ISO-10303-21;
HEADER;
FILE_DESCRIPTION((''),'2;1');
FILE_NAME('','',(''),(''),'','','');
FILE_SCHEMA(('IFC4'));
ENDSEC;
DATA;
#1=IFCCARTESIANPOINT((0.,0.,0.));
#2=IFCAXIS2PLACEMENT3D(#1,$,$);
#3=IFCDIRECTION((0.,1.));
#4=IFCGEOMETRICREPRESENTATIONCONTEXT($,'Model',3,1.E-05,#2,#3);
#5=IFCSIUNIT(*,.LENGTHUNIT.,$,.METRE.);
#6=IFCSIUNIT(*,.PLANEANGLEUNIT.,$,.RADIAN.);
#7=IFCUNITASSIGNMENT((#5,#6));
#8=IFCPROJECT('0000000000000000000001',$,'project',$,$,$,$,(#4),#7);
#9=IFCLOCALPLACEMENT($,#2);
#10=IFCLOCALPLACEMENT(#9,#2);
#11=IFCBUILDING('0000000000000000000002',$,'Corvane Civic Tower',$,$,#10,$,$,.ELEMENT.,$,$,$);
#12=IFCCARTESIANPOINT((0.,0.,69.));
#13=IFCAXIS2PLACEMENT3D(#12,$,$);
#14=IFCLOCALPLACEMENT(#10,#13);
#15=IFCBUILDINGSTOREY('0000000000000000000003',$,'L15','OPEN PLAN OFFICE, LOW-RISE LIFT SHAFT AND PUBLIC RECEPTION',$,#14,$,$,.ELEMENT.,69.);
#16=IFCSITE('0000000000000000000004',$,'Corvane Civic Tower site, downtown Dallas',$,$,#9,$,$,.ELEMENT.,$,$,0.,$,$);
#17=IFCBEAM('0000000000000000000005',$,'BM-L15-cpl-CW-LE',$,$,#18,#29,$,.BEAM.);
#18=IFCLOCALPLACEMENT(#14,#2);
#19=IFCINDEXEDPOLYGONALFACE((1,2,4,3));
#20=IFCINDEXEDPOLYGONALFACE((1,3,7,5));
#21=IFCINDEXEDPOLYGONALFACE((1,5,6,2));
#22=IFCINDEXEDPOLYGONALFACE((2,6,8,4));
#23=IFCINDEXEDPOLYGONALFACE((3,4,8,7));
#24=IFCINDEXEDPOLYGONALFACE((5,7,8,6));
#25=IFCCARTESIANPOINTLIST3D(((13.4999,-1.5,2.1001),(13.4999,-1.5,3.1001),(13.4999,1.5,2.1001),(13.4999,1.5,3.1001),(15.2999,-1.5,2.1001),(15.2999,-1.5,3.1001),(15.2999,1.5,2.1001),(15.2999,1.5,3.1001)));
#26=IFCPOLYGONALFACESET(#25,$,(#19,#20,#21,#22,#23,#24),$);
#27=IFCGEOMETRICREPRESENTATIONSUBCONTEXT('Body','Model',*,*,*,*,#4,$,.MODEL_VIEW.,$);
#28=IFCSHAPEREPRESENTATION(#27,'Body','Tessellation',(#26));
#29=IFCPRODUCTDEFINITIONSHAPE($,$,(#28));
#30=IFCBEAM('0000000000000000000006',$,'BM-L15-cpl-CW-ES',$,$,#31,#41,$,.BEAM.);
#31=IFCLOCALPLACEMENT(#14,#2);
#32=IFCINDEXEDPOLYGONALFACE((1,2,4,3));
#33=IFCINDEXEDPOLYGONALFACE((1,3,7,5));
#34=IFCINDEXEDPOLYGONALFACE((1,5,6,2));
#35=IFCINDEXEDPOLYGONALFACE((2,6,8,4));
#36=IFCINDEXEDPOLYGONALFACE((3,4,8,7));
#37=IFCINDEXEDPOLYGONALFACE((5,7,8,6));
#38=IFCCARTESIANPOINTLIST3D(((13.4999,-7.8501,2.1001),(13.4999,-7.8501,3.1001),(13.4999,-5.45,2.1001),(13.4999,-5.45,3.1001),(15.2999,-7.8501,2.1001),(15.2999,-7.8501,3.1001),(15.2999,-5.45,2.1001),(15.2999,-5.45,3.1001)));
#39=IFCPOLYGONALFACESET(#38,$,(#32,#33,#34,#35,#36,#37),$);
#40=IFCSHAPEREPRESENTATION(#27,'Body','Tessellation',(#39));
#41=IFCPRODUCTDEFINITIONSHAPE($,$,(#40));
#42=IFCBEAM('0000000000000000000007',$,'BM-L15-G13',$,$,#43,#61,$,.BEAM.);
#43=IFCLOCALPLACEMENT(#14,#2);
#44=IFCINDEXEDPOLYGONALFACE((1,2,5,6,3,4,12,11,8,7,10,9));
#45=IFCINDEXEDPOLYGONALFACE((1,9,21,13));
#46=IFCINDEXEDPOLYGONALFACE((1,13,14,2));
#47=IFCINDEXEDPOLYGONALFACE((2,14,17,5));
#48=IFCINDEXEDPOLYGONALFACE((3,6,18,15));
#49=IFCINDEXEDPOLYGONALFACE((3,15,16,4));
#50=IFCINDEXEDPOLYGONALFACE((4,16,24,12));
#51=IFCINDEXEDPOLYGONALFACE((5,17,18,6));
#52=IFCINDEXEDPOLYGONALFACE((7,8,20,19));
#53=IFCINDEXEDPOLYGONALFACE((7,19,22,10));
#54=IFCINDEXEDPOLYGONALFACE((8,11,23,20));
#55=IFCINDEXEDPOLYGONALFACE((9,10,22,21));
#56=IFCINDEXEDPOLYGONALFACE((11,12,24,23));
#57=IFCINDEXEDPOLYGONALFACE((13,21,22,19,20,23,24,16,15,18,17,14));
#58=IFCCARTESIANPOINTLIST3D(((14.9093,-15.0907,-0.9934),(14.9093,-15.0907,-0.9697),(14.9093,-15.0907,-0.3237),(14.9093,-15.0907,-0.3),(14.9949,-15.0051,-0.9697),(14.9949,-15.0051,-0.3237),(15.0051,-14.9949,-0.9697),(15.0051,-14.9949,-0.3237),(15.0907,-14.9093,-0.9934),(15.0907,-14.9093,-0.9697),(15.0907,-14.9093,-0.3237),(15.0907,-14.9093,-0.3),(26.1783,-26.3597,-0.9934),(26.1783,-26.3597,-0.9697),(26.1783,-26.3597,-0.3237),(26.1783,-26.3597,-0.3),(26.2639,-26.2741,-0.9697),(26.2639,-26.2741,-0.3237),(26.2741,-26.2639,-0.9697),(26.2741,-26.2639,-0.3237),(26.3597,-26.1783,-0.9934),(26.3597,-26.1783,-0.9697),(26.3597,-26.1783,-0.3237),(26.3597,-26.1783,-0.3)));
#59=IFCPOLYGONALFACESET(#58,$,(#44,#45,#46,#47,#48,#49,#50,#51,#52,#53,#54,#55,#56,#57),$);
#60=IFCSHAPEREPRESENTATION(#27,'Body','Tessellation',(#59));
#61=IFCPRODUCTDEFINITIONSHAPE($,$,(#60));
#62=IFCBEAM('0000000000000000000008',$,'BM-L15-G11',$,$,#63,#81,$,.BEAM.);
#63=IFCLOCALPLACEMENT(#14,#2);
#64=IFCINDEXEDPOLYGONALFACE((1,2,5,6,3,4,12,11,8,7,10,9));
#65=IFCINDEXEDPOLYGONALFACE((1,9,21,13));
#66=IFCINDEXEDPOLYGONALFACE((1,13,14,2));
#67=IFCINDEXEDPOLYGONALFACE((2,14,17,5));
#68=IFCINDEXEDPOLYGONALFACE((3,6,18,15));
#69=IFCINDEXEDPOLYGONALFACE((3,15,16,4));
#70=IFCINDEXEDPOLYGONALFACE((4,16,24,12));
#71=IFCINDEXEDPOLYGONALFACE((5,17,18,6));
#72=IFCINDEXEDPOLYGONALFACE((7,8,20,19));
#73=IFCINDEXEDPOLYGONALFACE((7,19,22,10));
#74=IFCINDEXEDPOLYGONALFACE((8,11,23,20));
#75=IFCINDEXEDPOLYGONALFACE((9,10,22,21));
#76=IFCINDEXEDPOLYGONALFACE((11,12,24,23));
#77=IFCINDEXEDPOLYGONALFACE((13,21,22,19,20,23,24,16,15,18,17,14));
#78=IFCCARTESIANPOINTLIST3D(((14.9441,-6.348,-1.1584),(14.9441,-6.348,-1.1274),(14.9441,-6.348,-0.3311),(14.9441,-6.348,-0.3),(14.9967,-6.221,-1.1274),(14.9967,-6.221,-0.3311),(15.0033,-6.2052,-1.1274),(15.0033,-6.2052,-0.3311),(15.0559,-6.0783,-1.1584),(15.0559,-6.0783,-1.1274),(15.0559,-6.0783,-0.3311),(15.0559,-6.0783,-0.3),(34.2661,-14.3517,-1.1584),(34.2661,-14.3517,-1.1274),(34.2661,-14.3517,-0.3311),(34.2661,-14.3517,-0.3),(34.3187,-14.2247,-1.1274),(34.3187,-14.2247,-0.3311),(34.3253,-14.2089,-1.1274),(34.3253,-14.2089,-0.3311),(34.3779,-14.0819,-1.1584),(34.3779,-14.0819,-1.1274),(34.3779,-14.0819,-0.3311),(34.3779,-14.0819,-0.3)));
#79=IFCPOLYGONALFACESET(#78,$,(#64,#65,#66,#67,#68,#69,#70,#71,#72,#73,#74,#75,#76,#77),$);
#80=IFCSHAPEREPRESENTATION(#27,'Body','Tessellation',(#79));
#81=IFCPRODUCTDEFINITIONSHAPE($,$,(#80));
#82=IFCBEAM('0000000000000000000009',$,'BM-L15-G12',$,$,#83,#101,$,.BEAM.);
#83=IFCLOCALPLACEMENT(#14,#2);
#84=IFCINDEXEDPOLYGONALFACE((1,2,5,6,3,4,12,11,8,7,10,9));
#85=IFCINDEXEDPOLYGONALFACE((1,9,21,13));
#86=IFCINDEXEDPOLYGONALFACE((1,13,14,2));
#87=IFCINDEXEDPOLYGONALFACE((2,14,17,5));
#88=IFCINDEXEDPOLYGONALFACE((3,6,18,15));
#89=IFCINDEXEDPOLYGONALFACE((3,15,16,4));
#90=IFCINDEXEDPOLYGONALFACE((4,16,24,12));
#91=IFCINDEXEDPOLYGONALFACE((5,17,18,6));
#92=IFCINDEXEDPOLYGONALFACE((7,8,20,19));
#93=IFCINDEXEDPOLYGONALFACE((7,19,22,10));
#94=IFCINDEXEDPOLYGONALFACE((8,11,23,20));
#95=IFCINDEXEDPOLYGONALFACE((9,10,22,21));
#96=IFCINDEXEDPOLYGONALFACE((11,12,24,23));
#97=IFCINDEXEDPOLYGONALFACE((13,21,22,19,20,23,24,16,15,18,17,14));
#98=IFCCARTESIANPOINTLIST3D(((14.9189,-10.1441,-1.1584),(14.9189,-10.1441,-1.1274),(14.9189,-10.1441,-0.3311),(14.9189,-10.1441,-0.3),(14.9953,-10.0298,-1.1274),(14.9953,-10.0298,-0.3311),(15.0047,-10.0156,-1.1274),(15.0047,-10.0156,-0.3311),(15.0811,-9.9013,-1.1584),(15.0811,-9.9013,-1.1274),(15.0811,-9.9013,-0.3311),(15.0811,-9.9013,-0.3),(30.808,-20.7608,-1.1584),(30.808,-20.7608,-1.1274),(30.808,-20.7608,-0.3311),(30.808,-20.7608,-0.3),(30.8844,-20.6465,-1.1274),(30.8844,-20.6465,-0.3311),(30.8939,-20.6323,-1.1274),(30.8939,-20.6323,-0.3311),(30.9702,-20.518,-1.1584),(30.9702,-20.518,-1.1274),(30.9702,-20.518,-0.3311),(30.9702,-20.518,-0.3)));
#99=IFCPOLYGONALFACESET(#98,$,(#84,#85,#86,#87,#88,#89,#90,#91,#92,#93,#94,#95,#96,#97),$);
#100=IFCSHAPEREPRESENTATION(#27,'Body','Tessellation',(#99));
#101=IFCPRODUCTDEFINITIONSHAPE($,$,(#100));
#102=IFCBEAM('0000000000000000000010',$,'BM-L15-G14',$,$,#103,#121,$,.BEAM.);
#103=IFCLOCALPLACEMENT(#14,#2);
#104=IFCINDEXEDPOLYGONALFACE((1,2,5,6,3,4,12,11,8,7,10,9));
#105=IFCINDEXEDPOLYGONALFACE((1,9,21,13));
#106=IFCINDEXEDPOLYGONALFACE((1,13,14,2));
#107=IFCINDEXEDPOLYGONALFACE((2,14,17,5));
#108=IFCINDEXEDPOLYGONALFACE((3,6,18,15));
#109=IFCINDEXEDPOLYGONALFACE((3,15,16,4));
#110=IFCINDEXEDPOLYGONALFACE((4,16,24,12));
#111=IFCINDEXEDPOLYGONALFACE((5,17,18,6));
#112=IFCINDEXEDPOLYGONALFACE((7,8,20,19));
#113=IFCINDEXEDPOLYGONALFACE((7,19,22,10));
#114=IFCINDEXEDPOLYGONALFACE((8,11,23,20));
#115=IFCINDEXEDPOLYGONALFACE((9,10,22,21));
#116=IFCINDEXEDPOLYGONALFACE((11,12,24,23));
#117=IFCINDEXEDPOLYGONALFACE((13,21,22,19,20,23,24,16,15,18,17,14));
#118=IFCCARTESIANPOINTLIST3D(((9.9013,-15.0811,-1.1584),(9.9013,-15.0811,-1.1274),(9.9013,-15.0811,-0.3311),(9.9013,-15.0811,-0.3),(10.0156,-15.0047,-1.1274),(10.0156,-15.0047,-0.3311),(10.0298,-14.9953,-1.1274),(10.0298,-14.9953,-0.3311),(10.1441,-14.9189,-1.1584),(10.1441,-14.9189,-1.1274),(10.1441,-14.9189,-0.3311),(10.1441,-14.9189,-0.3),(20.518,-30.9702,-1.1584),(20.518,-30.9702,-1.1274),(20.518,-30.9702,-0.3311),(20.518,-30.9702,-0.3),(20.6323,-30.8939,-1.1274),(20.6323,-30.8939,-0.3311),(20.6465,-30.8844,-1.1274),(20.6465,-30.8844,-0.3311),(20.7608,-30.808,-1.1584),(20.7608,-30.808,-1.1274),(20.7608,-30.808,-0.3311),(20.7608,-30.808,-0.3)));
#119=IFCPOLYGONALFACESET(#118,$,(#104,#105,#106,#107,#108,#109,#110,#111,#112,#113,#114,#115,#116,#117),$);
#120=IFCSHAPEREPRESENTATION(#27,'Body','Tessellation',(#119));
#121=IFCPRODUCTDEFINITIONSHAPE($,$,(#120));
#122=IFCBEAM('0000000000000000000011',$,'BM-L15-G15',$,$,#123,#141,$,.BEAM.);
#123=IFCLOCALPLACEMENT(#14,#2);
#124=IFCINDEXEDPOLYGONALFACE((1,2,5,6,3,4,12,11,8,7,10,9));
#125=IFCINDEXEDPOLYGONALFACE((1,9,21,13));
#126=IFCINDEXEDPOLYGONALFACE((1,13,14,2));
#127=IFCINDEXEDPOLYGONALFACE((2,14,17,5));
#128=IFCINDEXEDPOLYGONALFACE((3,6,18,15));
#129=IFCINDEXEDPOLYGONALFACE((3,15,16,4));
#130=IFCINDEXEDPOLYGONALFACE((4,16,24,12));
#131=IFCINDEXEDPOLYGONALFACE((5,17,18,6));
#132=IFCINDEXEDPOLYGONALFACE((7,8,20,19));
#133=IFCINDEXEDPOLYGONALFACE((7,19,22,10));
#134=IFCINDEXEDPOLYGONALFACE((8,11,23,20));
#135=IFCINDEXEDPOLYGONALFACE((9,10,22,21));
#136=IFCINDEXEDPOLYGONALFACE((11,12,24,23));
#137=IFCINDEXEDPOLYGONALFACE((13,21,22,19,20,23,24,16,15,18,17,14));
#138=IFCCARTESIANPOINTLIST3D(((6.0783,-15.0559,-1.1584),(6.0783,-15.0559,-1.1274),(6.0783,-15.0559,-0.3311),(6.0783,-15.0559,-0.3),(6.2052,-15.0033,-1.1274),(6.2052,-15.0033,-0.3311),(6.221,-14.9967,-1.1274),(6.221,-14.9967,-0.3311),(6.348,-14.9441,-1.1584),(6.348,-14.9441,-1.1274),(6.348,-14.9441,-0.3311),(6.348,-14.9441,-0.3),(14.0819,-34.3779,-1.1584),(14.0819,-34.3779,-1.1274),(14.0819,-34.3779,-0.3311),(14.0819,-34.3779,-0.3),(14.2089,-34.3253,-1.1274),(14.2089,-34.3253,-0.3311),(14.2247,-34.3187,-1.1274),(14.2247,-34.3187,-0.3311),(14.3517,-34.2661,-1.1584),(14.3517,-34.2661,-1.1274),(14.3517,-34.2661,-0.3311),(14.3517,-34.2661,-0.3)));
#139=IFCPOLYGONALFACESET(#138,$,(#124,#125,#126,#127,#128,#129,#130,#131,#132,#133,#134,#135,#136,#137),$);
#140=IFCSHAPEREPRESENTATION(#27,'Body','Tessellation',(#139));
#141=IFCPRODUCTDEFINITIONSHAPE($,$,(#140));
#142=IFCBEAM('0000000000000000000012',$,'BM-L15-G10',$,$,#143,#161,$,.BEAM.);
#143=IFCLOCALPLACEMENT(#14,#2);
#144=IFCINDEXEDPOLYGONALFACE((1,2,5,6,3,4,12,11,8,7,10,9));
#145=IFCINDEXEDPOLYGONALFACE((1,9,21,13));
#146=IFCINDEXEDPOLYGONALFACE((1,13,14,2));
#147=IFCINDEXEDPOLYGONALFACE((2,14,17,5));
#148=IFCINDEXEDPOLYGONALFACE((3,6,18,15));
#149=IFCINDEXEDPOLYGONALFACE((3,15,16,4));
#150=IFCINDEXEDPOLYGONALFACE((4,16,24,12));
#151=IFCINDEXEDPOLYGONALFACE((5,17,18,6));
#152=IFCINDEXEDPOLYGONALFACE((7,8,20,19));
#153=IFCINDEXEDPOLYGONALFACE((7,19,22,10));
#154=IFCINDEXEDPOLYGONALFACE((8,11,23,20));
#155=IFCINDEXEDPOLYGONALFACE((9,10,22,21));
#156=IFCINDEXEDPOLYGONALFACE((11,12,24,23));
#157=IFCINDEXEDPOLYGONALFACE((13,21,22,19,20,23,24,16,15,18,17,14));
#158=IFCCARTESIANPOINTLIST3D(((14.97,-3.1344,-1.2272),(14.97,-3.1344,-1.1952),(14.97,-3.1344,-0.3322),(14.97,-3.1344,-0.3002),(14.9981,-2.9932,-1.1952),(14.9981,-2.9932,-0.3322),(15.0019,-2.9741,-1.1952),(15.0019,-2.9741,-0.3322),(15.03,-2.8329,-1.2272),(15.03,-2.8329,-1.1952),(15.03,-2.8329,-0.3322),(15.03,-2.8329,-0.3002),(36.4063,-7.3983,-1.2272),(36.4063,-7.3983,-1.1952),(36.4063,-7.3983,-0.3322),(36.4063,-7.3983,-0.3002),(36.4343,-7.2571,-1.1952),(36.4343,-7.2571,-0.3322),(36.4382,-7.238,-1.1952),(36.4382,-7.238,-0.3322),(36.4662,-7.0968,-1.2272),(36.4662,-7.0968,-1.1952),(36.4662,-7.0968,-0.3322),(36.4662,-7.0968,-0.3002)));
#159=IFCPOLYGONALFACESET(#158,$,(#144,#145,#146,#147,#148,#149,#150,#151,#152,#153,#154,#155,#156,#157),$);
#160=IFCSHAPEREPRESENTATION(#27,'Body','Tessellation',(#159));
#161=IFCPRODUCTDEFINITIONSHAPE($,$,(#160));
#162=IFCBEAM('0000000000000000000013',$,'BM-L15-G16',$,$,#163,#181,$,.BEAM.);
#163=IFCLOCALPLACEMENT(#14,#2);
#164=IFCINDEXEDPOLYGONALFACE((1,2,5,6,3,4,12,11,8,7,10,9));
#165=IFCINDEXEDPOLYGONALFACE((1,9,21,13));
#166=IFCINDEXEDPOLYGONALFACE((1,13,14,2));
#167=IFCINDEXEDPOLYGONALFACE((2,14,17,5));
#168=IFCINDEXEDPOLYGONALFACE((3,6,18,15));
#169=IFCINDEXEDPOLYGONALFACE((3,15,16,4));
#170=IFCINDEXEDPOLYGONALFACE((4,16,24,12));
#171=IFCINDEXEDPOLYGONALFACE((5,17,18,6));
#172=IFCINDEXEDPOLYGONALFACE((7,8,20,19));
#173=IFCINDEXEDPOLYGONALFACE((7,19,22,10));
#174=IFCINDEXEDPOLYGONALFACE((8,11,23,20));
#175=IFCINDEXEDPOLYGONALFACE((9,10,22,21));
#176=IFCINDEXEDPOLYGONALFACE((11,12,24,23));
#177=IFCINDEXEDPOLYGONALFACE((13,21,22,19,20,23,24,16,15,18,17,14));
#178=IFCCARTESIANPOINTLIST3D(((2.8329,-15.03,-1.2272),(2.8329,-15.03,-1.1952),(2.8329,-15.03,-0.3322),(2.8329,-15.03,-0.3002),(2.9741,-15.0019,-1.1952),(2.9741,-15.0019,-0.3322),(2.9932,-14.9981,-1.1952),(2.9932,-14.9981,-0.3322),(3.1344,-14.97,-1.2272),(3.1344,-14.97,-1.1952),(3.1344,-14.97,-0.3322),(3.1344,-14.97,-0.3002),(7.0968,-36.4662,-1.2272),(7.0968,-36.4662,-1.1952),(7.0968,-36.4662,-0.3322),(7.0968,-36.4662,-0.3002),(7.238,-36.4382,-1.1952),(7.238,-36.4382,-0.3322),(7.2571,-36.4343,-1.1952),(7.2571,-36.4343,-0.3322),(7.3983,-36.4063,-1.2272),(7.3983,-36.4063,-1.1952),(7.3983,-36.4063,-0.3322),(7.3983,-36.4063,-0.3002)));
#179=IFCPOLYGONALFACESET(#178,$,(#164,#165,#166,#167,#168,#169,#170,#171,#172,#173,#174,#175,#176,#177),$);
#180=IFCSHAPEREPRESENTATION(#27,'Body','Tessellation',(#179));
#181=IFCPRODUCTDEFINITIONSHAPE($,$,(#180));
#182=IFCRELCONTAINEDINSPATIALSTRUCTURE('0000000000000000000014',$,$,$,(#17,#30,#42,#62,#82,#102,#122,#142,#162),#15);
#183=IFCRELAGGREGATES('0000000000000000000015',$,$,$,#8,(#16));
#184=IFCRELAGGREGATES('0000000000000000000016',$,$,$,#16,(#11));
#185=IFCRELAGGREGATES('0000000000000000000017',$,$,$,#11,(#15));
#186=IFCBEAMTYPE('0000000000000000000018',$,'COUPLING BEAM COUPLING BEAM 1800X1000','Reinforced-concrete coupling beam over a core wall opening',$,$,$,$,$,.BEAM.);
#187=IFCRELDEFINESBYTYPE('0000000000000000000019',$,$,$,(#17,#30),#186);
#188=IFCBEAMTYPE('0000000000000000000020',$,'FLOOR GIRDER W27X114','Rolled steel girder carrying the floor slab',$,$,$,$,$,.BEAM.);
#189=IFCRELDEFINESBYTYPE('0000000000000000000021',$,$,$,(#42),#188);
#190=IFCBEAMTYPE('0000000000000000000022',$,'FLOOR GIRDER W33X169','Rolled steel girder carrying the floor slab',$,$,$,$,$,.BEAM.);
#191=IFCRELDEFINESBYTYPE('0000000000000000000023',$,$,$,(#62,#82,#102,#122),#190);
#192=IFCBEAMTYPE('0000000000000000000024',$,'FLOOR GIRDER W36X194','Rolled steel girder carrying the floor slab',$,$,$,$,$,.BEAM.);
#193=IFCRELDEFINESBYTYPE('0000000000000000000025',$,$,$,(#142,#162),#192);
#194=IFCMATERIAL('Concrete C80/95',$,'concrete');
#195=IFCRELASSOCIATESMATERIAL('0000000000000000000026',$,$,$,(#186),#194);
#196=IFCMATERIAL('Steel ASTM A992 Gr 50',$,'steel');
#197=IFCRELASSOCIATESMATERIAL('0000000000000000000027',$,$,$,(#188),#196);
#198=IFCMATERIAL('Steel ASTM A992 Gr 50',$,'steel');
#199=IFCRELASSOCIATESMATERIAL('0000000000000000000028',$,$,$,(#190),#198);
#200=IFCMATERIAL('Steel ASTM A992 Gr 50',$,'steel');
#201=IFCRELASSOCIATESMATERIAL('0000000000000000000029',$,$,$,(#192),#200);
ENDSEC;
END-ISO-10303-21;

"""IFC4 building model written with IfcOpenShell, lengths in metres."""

from ifc_helpers import new_model, si_unit, direction, frame, origin, origin_2d, place, context, subcontext, project, spatial, rectangle, i_section, extrude, material, material_profile, profile_set, type_object, element, save


model = new_model("IFC4")

# Units and contexts
model_context = context("Model", 3, precision=1e-05, world=origin(), true_north=direction((0.0, 1.0)))
body_context = subcontext(model_context, "Body", "Model", "MODEL_VIEW")
ifc_project = project(units=[si_unit("LENGTHUNIT", "METRE"), si_unit("PLANEANGLEUNIT", "RADIAN")], contexts=[model_context])

# Site, building, storey
site_placement = place(None, origin())
site = spatial("IfcSite", under=ifc_project, at=site_placement, Name="Corvane Civic Tower site, downtown Dallas", CompositionType="ELEMENT", RefElevation=0.0)
building_placement = place(site_placement, origin())
building = spatial("IfcBuilding", under=site, at=building_placement, Name="Corvane Civic Tower", CompositionType="ELEMENT")
storey_placement = place(building_placement, frame((0.0, 0.0, 69.0)))
storey = spatial("IfcBuildingStorey", under=building, at=storey_placement, Name="L15", Description="OPEN PLAN OFFICE, LOW-RISE LIFT SHAFT AND PUBLIC RECEPTION", CompositionType="ELEMENT", Elevation=69.0)

# Beams
ifc_material_1 = material(Name="Concrete C80/95", Category="concrete")
ifc_material_profile_1 = material_profile(ifc_material_1, rectangle(XDim=1.8, YDim=1.0, at=origin_2d()), Name="COUPLING BEAM 1800X1000")
ifc_profile_set_1 = profile_set([ifc_material_profile_1], Name="Concrete C80/95")
beam_type_1 = type_object("IfcBeamType", Name="COUPLING BEAM COUPLING BEAM 1800X1000", Description="Reinforced-concrete coupling beam over a core wall opening", PredefinedType="BEAM", material=ifc_profile_set_1)
beam_1_placement = place(storey_placement, frame((14.3999, -1.5, 2.6001), z_axis=(0.0, 1.0, 0.0), x_axis=(-1.0, 0.0, 0.0)))
element("IfcBeam", 1, at=beam_1_placement, inside=storey, type_object=beam_type_1, Name="BM-L15-cpl-CW-LE", PredefinedType="BEAM", context=body_context, shape_type="SweptSolid", body=[
    extrude(rectangle(XDim=1.8, YDim=1.0, at=origin_2d()), origin(), (0.0, 0.0, 1.0), 3.0),
])
beam_2_placement = place(storey_placement, frame((14.3999, -7.8501, 2.6001), z_axis=(0.0, 1.0, 0.0), x_axis=(-1.0, 0.0, 0.0)))
element("IfcBeam", 2, at=beam_2_placement, inside=storey, type_object=beam_type_1, Name="BM-L15-cpl-CW-ES", PredefinedType="BEAM", context=body_context, shape_type="SweptSolid", body=[
    extrude(rectangle(XDim=1.8, YDim=1.0, at=origin_2d()), origin(), (0.0, 0.0, 1.0), 2.4001),
])
ifc_material_2 = material(Name="Steel ASTM A992 Gr 50", Category="steel")
ifc_material_profile_2 = material_profile(ifc_material_2, i_section(OverallWidth=0.2566, OverallDepth=0.6934, WebThickness=0.0144, FlangeThickness=0.0237, at=origin_2d()), Name="W27X114")
ifc_profile_set_2 = profile_set([ifc_material_profile_2], Name="Steel ASTM A992 Gr 50")
beam_type_2 = type_object("IfcBeamType", Name="FLOOR GIRDER W27X114", Description="Rolled steel girder carrying the floor slab", PredefinedType="BEAM", material=ifc_profile_set_2)
beam_3_placement = place(storey_placement, frame((15.0, -15.0, -0.6467), z_axis=(0.707107, -0.707107, 0.0), x_axis=(0.707107, 0.707107, 0.0)))
element("IfcBeam", 3, at=beam_3_placement, inside=storey, type_object=beam_type_2, Name="BM-L15-G13", PredefinedType="BEAM", context=body_context, shape_type="SweptSolid", body=[
    extrude(i_section(OverallWidth=0.2566, OverallDepth=0.6934, WebThickness=0.0144, FlangeThickness=0.0237, at=origin_2d()), origin(), (0.0, 0.0, 1.0), 15.9368),
])
ifc_material_3 = material(Name="Steel ASTM A992 Gr 50", Category="steel")
ifc_material_profile_3 = material_profile(ifc_material_3, i_section(OverallWidth=0.292, OverallDepth=0.8584, WebThickness=0.0171, FlangeThickness=0.031, at=origin_2d()), Name="W33X169")
ifc_profile_set_3 = profile_set([ifc_material_profile_3], Name="Steel ASTM A992 Gr 50")
beam_type_3 = type_object("IfcBeamType", Name="FLOOR GIRDER W33X169", Description="Rolled steel girder carrying the floor slab", PredefinedType="BEAM", material=ifc_profile_set_3)
beam_4_placement = place(storey_placement, frame((15.0, -6.2131, -0.7292), z_axis=(0.923876, -0.382692, 0.0), x_axis=(0.382692, 0.923876, 0.0)))
element("IfcBeam", 4, at=beam_4_placement, inside=storey, type_object=beam_type_3, Name="BM-L15-G11", PredefinedType="BEAM", context=body_context, shape_type="SweptSolid", body=[
    extrude(i_section(OverallWidth=0.292, OverallDepth=0.8584, WebThickness=0.0171, FlangeThickness=0.031, at=origin_2d()), origin(), (0.0, 0.0, 1.0), 20.9141),
])
for number, where, z_axis, x_axis, name in (
    (5, (15.0, -10.0227, -0.7292), (0.831472, -0.555567, 0.0), (0.555567, 0.831472, 0.0), "BM-L15-G12"),
    (6, (10.0227, -15.0, -0.7292), (0.555567, -0.831472, 0.0), (0.831472, 0.555567, 0.0), "BM-L15-G14"),
):
    element("IfcBeam", number, at=place(storey_placement, frame(where, z_axis=z_axis, x_axis=x_axis)), inside=storey, type_object=beam_type_3, Name=name, PredefinedType="BEAM", context=body_context, shape_type="SweptSolid", body=[
        extrude(i_section(OverallWidth=0.292, OverallDepth=0.8584, WebThickness=0.0171, FlangeThickness=0.031, at=origin_2d()), origin(), (0.0, 0.0, 1.0), 19.1096),
    ])
beam_5_placement = place(storey_placement, frame((6.2131, -15.0, -0.7292), z_axis=(0.382692, -0.923876, 0.0), x_axis=(0.923876, 0.382692, 0.0)))
element("IfcBeam", 7, at=beam_5_placement, inside=storey, type_object=beam_type_3, Name="BM-L15-G15", PredefinedType="BEAM", context=body_context, shape_type="SweptSolid", body=[
    extrude(i_section(OverallWidth=0.292, OverallDepth=0.8584, WebThickness=0.0171, FlangeThickness=0.031, at=origin_2d()), origin(), (0.0, 0.0, 1.0), 20.9141),
])
ifc_material_4 = material(Name="Steel ASTM A992 Gr 50", Category="steel")
ifc_material_profile_4 = material_profile(ifc_material_4, i_section(OverallWidth=0.3074, OverallDepth=0.927, WebThickness=0.0195, FlangeThickness=0.032, at=origin_2d()), Name="W36X194")
ifc_profile_set_4 = profile_set([ifc_material_profile_4], Name="Steel ASTM A992 Gr 50")
beam_type_4 = type_object("IfcBeamType", Name="FLOOR GIRDER W36X194", Description="Rolled steel girder carrying the floor slab", PredefinedType="BEAM", material=ifc_profile_set_4)
for number, where, z_axis, x_axis, name in (
    (8, (15.0, -2.9836, -0.7637), (0.980785, -0.195089, 0.0), (0.195089, 0.980785, 0.0), "BM-L15-G10"),
    (9, (2.9836, -15.0, -0.7637), (0.195089, -0.980785, 0.0), (0.980785, 0.195089, 0.0), "BM-L15-G16"),
):
    element("IfcBeam", number, at=place(storey_placement, frame(where, z_axis=z_axis, x_axis=x_axis)), inside=storey, type_object=beam_type_4, Name=name, PredefinedType="BEAM", context=body_context, shape_type="SweptSolid", body=[
        extrude(i_section(OverallWidth=0.3074, OverallDepth=0.927, WebThickness=0.0195, FlangeThickness=0.032, at=origin_2d()), origin(), (0.0, 0.0, 1.0), 21.8562),
    ])

save(model, "model.ifc")
